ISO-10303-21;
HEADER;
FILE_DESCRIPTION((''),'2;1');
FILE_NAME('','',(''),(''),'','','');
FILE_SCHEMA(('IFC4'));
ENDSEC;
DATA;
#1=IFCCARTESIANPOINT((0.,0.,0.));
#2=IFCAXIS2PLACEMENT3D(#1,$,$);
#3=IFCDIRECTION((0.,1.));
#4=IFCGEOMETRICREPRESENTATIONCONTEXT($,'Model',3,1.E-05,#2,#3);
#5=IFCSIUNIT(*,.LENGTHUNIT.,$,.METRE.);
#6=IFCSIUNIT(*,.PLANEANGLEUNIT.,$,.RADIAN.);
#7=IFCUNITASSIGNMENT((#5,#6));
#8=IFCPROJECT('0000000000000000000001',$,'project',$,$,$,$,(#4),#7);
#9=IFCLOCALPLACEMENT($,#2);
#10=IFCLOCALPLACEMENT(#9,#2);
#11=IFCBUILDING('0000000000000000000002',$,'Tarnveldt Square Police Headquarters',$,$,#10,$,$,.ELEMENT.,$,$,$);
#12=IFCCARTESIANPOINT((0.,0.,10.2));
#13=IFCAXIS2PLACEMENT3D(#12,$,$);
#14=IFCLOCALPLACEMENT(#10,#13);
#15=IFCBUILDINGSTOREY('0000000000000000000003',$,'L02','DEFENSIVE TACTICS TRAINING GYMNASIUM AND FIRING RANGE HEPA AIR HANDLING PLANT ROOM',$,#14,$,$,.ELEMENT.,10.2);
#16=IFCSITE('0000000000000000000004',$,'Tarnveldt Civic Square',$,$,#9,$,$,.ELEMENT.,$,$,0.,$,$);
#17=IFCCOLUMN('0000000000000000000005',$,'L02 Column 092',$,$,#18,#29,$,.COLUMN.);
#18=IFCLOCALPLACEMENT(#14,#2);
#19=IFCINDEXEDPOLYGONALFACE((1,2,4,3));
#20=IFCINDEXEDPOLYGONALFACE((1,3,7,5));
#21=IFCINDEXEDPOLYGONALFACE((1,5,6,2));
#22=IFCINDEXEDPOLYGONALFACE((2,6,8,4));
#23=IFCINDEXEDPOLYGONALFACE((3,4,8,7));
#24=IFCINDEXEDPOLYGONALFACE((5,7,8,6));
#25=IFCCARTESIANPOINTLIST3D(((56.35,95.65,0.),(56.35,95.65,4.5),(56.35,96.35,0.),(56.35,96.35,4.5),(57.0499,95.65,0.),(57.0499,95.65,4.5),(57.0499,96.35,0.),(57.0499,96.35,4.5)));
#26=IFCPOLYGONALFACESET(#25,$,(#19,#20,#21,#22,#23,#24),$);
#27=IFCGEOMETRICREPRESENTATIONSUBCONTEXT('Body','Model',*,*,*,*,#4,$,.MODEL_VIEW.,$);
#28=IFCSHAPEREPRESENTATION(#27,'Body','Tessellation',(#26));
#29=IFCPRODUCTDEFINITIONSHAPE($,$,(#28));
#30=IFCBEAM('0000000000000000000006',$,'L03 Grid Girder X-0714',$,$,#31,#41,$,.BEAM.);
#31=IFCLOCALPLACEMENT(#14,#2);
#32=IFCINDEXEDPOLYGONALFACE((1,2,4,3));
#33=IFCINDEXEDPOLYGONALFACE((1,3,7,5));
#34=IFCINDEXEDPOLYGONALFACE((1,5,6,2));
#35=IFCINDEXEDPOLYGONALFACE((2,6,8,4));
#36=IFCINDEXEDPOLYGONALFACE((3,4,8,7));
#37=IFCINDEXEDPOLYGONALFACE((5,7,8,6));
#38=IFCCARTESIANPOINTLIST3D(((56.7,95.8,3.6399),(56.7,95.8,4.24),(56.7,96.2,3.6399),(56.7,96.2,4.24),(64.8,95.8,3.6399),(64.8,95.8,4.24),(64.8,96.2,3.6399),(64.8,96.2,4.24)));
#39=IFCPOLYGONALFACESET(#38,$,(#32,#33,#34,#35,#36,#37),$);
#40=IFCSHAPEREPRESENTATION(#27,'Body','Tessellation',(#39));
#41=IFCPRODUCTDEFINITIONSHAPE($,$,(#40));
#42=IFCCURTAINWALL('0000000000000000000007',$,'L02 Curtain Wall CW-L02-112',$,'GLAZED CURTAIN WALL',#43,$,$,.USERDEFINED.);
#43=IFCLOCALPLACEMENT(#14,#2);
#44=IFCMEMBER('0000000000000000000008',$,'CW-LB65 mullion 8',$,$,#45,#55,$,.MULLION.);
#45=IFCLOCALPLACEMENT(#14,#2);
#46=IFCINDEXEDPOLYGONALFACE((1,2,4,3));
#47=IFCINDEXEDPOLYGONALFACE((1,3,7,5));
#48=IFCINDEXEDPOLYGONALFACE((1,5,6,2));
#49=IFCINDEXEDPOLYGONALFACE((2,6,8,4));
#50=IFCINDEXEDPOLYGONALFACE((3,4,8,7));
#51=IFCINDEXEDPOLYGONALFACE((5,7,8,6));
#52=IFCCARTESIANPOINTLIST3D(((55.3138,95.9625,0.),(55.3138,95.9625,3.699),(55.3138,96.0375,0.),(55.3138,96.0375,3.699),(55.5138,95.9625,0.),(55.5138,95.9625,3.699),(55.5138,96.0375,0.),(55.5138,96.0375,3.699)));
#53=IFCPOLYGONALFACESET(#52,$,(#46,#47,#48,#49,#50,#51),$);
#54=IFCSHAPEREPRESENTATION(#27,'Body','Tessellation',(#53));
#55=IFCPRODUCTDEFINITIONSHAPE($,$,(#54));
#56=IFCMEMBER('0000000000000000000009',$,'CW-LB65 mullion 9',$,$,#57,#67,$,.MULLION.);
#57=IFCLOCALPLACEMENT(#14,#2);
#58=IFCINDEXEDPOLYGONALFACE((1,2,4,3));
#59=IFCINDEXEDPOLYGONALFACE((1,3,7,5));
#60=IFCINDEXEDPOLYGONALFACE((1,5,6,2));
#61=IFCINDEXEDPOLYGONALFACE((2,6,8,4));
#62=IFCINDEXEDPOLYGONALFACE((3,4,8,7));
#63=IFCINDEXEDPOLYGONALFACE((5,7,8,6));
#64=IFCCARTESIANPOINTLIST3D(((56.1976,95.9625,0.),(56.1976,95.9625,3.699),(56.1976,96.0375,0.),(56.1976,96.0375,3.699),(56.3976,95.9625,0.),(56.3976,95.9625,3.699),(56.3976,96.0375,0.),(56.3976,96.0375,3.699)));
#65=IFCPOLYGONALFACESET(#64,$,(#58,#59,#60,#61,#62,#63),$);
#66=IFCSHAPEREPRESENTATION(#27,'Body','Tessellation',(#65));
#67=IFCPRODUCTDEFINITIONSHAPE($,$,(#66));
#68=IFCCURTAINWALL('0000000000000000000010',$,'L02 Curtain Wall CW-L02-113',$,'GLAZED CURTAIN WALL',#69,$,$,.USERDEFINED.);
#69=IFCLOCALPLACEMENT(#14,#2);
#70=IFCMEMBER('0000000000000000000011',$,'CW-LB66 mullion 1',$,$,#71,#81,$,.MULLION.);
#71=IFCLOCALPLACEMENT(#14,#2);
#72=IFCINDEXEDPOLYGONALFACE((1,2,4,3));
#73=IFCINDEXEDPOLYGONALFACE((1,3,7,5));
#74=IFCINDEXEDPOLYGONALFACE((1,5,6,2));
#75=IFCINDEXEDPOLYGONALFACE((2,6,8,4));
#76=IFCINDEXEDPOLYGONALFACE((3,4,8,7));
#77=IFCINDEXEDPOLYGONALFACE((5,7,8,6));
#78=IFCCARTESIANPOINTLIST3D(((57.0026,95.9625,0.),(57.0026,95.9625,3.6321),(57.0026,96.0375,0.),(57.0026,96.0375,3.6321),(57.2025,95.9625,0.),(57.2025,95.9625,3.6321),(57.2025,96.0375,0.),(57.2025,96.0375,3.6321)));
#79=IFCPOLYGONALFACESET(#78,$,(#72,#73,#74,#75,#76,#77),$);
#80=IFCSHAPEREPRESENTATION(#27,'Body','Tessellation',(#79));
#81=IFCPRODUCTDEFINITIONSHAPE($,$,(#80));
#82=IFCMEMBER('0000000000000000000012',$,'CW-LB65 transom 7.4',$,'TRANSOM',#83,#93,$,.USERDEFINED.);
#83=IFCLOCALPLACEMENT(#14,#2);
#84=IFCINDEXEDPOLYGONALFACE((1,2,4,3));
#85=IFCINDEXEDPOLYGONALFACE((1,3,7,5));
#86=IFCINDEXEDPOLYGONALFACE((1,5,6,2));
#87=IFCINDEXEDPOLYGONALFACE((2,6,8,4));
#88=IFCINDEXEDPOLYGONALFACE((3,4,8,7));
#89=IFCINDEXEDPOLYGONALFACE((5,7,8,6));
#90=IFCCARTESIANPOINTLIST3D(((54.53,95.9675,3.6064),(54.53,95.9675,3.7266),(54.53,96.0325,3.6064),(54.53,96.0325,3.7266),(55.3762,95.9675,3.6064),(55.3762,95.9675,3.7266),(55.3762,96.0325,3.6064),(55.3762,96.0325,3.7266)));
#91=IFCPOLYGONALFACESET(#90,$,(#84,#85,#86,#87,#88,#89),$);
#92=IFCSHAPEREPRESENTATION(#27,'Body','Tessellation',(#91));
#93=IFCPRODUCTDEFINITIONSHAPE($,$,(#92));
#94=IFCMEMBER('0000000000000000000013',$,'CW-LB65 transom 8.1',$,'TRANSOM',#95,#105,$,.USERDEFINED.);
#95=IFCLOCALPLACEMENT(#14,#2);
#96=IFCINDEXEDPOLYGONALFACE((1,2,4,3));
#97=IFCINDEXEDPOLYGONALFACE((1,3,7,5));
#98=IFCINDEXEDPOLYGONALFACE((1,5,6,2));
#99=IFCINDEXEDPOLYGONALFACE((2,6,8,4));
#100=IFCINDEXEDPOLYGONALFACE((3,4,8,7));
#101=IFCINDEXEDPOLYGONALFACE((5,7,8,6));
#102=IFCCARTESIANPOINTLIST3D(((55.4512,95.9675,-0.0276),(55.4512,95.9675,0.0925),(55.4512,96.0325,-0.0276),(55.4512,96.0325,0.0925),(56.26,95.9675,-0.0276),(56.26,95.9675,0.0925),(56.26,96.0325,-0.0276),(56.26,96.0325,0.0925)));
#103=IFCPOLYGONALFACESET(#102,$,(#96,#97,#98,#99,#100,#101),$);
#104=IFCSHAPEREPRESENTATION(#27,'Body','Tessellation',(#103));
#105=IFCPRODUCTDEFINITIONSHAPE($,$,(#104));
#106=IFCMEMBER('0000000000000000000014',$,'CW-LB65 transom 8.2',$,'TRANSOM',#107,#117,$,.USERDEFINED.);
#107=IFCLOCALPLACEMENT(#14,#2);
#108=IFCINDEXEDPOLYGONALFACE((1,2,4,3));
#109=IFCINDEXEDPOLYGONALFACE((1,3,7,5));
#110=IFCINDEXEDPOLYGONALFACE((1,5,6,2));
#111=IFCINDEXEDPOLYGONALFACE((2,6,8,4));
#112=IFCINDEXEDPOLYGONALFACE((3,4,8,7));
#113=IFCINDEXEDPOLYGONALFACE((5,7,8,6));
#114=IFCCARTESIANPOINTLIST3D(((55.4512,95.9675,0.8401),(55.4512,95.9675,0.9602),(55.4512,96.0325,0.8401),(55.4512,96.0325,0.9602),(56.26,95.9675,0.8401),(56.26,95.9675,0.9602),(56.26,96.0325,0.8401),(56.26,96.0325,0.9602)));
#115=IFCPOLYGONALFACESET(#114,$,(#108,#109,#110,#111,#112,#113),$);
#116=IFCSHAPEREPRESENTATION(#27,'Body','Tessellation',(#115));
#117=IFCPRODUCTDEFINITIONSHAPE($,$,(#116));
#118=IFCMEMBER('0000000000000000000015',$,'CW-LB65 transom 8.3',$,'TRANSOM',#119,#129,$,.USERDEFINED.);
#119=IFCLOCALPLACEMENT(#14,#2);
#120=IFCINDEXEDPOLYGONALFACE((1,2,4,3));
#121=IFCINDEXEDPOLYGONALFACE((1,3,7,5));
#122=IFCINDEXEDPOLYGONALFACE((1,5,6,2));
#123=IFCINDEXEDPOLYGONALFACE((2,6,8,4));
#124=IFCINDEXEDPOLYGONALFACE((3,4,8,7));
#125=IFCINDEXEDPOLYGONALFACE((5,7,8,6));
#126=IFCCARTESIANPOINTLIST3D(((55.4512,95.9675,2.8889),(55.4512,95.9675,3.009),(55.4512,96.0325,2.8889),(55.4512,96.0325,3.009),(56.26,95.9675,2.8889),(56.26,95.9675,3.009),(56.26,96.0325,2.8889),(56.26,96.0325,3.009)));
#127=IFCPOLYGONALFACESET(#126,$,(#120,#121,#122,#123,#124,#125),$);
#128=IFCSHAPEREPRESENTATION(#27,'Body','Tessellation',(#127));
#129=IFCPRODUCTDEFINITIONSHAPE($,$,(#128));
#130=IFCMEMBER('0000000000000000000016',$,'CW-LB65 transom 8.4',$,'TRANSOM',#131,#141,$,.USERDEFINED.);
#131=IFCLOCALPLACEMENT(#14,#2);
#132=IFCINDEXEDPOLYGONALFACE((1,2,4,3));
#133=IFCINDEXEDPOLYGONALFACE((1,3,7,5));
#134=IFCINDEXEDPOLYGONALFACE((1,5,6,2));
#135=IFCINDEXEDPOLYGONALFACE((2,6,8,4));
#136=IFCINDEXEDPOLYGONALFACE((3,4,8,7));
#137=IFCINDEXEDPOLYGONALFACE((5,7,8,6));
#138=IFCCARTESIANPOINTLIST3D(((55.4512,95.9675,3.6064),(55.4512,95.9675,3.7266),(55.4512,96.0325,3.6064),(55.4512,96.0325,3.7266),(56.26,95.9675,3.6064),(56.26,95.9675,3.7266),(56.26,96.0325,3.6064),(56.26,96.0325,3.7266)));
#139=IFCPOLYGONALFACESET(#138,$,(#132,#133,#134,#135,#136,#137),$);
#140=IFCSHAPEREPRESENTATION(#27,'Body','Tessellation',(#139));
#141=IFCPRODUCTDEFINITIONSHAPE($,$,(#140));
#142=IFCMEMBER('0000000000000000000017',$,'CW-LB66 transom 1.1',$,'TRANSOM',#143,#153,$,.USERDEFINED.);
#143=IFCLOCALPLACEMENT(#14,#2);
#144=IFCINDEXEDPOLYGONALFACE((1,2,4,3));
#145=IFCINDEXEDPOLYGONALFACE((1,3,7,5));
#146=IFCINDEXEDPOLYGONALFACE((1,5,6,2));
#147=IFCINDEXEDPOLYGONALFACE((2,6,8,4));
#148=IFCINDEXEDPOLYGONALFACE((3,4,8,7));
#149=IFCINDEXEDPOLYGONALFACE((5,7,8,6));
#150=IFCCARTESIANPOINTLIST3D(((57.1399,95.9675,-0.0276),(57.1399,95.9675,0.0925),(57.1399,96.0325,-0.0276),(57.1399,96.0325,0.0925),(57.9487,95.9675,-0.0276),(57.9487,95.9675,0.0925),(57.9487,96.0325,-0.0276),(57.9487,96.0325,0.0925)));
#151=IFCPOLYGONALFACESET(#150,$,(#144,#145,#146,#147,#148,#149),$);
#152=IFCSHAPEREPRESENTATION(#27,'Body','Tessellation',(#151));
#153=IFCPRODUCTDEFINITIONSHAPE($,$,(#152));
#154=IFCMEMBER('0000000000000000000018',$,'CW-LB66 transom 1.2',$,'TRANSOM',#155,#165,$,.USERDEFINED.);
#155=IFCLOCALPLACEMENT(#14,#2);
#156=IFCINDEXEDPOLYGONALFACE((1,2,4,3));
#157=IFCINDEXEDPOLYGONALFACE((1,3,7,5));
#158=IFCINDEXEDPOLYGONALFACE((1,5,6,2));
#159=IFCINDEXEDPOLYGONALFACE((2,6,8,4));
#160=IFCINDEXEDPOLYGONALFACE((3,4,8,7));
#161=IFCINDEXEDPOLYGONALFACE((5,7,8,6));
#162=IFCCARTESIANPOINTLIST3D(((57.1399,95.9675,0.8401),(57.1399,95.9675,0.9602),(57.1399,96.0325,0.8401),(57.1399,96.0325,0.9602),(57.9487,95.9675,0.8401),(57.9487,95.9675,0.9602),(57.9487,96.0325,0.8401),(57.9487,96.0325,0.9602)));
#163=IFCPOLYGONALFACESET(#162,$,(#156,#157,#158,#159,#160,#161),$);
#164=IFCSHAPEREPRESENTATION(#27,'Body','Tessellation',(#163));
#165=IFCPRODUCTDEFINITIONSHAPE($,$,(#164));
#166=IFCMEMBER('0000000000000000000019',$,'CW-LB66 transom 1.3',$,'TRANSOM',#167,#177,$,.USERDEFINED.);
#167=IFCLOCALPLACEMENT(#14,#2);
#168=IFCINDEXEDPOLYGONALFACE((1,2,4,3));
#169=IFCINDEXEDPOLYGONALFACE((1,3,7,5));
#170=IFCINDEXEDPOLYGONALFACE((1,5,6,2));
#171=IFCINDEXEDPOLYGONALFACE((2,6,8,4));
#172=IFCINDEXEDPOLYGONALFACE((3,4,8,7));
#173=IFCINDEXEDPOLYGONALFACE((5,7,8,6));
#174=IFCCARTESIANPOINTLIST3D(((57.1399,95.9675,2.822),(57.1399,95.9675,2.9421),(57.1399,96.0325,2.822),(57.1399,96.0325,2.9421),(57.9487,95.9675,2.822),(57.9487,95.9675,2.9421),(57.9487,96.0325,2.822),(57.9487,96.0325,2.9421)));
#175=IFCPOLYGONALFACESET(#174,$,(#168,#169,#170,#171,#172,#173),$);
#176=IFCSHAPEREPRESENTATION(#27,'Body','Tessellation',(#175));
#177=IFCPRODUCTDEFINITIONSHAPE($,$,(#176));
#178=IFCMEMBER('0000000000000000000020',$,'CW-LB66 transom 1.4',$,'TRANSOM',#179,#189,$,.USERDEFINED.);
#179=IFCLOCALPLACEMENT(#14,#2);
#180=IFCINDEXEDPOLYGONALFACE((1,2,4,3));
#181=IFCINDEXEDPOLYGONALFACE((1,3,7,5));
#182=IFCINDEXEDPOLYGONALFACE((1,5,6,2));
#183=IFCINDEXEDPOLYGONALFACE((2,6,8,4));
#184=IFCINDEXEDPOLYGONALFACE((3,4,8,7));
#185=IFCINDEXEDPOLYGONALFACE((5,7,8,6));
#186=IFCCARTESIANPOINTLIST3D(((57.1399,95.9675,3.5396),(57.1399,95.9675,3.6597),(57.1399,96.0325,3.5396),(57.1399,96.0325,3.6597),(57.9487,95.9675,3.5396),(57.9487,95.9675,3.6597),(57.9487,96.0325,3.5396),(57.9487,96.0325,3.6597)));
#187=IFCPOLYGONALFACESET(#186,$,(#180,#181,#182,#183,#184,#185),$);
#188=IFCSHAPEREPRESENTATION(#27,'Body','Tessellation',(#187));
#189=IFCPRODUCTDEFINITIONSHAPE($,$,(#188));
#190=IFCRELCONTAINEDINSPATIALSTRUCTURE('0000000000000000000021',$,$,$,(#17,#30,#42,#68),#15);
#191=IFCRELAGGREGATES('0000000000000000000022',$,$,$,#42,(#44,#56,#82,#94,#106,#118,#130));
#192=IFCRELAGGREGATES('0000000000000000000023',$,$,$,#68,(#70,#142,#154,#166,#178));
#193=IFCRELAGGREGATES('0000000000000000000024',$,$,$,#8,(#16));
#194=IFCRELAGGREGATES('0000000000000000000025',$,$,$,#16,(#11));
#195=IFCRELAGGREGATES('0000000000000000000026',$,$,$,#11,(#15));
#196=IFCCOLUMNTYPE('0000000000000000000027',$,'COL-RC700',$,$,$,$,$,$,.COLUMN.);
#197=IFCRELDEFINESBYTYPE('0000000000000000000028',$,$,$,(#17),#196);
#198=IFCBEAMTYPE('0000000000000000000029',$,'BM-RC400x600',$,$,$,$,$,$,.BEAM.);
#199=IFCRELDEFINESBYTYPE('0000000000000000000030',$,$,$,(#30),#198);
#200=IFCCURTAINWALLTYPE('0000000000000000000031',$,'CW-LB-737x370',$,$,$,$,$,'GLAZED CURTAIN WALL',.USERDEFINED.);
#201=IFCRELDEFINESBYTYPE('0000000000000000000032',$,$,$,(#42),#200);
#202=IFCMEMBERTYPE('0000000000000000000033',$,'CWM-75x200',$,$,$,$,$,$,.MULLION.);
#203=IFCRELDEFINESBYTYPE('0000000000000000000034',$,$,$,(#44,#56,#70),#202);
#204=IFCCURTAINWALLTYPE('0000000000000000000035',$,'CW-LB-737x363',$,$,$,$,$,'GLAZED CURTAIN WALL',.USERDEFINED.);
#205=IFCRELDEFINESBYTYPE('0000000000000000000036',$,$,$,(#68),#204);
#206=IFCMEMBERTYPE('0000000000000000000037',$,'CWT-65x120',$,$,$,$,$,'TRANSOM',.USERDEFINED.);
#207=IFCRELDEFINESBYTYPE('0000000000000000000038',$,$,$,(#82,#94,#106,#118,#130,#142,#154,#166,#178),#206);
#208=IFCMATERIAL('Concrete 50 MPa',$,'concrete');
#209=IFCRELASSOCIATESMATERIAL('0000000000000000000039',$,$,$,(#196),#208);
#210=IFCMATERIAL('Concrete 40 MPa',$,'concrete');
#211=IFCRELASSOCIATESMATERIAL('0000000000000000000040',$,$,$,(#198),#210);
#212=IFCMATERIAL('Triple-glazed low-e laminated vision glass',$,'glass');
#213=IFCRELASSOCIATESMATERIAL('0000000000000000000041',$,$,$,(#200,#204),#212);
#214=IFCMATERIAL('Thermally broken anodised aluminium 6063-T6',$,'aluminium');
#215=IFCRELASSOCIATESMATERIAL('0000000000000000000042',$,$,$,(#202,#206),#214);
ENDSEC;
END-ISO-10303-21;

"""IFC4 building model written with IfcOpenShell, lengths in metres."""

from ifc_helpers import new_model, si_unit, direction, frame, origin, origin_2d, place, context, subcontext, project, spatial, rectangle, extrude, material, material_profile, profile_set, type_object, element, aggregate, save


model = new_model("IFC4")

# Units and contexts
model_context = context("Model", 3, precision=1e-05, world=origin(), true_north=direction((0.0, 1.0)))
body_context = subcontext(model_context, "Body", "Model", "MODEL_VIEW")
ifc_project = project(units=[si_unit("LENGTHUNIT", "METRE"), si_unit("PLANEANGLEUNIT", "RADIAN")], contexts=[model_context])

# Site, building, storey
site_placement = place(None, origin())
site = spatial("IfcSite", under=ifc_project, at=site_placement, Name="Tarnveldt Civic Square", CompositionType="ELEMENT", RefElevation=0.0)
building_placement = place(site_placement, origin())
building = spatial("IfcBuilding", under=site, at=building_placement, Name="Tarnveldt Square Police Headquarters", CompositionType="ELEMENT")
storey_placement = place(building_placement, frame((0.0, 0.0, 10.2)))
storey = spatial("IfcBuildingStorey", under=building, at=storey_placement, Name="L02", Description="DEFENSIVE TACTICS TRAINING GYMNASIUM AND FIRING RANGE HEPA AIR HANDLING PLANT ROOM", CompositionType="ELEMENT", Elevation=10.2)

# Column
ifc_material_1 = material(Name="Concrete 50 MPa", Category="concrete")
ifc_material_profile_1 = material_profile(ifc_material_1, rectangle(XDim=0.7, YDim=0.7, at=origin_2d()), Name="RC-C700x700")
ifc_profile_set_1 = profile_set([ifc_material_profile_1], Name="Concrete 50 MPa")
column_type = type_object("IfcColumnType", Name="COL-RC700", PredefinedType="COLUMN", material=ifc_profile_set_1)
column_placement = place(storey_placement, frame((56.7, 96.0, 0.0), z_axis=(0.0, 0.0, 1.0), x_axis=(1.0, 0.0, 0.0)))
element("IfcColumn", 1, at=column_placement, inside=storey, type_object=column_type, Name="L02 Column 092", PredefinedType="COLUMN", context=body_context, shape_type="SweptSolid", body=[
    extrude(rectangle(XDim=0.7, YDim=0.7, at=origin_2d()), origin(), (0.0, 0.0, 1.0), 4.5),
])

# Beam
ifc_material_2 = material(Name="Concrete 40 MPa", Category="concrete")
ifc_material_profile_2 = material_profile(ifc_material_2, rectangle(XDim=0.3999, YDim=0.6001, at=origin_2d()), Name="RC-B400x600")
ifc_profile_set_2 = profile_set([ifc_material_profile_2], Name="Concrete 40 MPa")
beam_type = type_object("IfcBeamType", Name="BM-RC400x600", PredefinedType="BEAM", material=ifc_profile_set_2)
beam_placement = place(storey_placement, frame((56.7, 96.0, 3.9399), z_axis=(1.0, 0.0, 0.0), x_axis=(0.0, 1.0, 0.0)))
element("IfcBeam", 2, at=beam_placement, inside=storey, type_object=beam_type, Name="L03 Grid Girder X-0714", PredefinedType="BEAM", context=body_context, shape_type="SweptSolid", body=[
    extrude(rectangle(XDim=0.3999, YDim=0.6001, at=origin_2d()), origin(), (0.0, 0.0, 1.0), 8.1001),
])

# Curtain wall, members
ifc_material_3 = material(Name="Triple-glazed low-e laminated vision glass", Category="glass")
curtain_wall_type_1 = type_object("IfcCurtainWallType", Name="CW-LB-737x370", ElementType="GLAZED CURTAIN WALL", PredefinedType="USERDEFINED", material=ifc_material_3)
curtain_wall_1_placement = place(storey_placement, origin())
curtain_wall_1 = element("IfcCurtainWall", 3, at=curtain_wall_1_placement, inside=storey, type_object=curtain_wall_type_1, Name="L02 Curtain Wall CW-L02-112", ObjectType="GLAZED CURTAIN WALL", PredefinedType="USERDEFINED")
ifc_material_4 = material(Name="Thermally broken anodised aluminium 6063-T6", Category="aluminium")
ifc_material_profile_3 = material_profile(ifc_material_4, rectangle(XDim=0.075, YDim=0.2, at=origin_2d()), Name="CW-M75x200")
ifc_profile_set_3 = profile_set([ifc_material_profile_3], Name="Thermally broken anodised aluminium 6063-T6")
member_type_1 = type_object("IfcMemberType", Name="CWM-75x200", PredefinedType="MULLION", material=ifc_profile_set_3)
member_1_placement = place(storey_placement, frame((55.4138, 96.0, 0.0), z_axis=(0.0, 0.0, 1.0), x_axis=(0.0, 1.0, 0.0)))
member_1 = element("IfcMember", 4, at=member_1_placement, type_object=member_type_1, Name="CW-LB65 mullion 8", PredefinedType="MULLION", context=body_context, shape_type="SweptSolid", body=[
    extrude(rectangle(XDim=0.075, YDim=0.2, at=origin_2d()), origin(), (0.0, 0.0, 1.0), 3.699),
])
member_2_placement = place(storey_placement, frame((56.2976, 96.0, 0.0), z_axis=(0.0, 0.0, 1.0), x_axis=(0.0, 1.0, 0.0)))
member_2 = element("IfcMember", 5, at=member_2_placement, type_object=member_type_1, Name="CW-LB65 mullion 9", PredefinedType="MULLION", context=body_context, shape_type="SweptSolid", body=[
    extrude(rectangle(XDim=0.075, YDim=0.2, at=origin_2d()), origin(), (0.0, 0.0, 1.0), 3.699),
])

# Curtain wall, member
curtain_wall_type_2 = type_object("IfcCurtainWallType", Name="CW-LB-737x363", ElementType="GLAZED CURTAIN WALL", PredefinedType="USERDEFINED", material=ifc_material_3)
curtain_wall_2_placement = place(storey_placement, origin())
curtain_wall_2 = element("IfcCurtainWall", 6, at=curtain_wall_2_placement, inside=storey, type_object=curtain_wall_type_2, Name="L02 Curtain Wall CW-L02-113", ObjectType="GLAZED CURTAIN WALL", PredefinedType="USERDEFINED")
member_3_placement = place(storey_placement, frame((57.1025, 96.0, 0.0), z_axis=(0.0, 0.0, 1.0), x_axis=(0.0, 1.0, 0.0)))
member_3 = element("IfcMember", 7, at=member_3_placement, type_object=member_type_1, Name="CW-LB66 mullion 1", PredefinedType="MULLION", context=body_context, shape_type="SweptSolid", body=[
    extrude(rectangle(XDim=0.075, YDim=0.2, at=origin_2d()), origin(), (0.0, 0.0, 1.0), 3.6321),
])

# Members
ifc_material_profile_4 = material_profile(ifc_material_4, rectangle(XDim=0.0649, YDim=0.1201, at=origin_2d()), Name="CW-T65x120")
ifc_profile_set_4 = profile_set([ifc_material_profile_4], Name="Thermally broken anodised aluminium 6063-T6")
member_type_2 = type_object("IfcMemberType", Name="CWT-65x120", ElementType="TRANSOM", PredefinedType="USERDEFINED", material=ifc_profile_set_4)
member_4_placement = place(storey_placement, frame((54.53, 96.0, 3.6665), z_axis=(1.0, 0.0, 0.0), x_axis=(0.0, 1.0, 0.0)))
member_4 = element("IfcMember", 8, at=member_4_placement, type_object=member_type_2, Name="CW-LB65 transom 7.4", ObjectType="TRANSOM", PredefinedType="USERDEFINED", context=body_context, shape_type="SweptSolid", body=[
    extrude(rectangle(XDim=0.0649, YDim=0.1201, at=origin_2d()), origin(), (0.0, 0.0, 1.0), 0.8462),
])
member_5_placement = place(storey_placement, frame((55.4512, 96.0, 0.0325), z_axis=(1.0, 0.0, 0.0), x_axis=(0.0, 1.0, 0.0)))
member_5 = element("IfcMember", 9, at=member_5_placement, type_object=member_type_2, Name="CW-LB65 transom 8.1", ObjectType="TRANSOM", PredefinedType="USERDEFINED", context=body_context, shape_type="SweptSolid", body=[
    extrude(rectangle(XDim=0.0649, YDim=0.1201, at=origin_2d()), origin(), (0.0, 0.0, 1.0), 0.8088),
])
member_6_placement = place(storey_placement, frame((55.4512, 96.0, 0.9001), z_axis=(1.0, 0.0, 0.0), x_axis=(0.0, 1.0, 0.0)))
member_6 = element("IfcMember", 10, at=member_6_placement, type_object=member_type_2, Name="CW-LB65 transom 8.2", ObjectType="TRANSOM", PredefinedType="USERDEFINED", context=body_context, shape_type="SweptSolid", body=[
    extrude(rectangle(XDim=0.0649, YDim=0.1201, at=origin_2d()), origin(), (0.0, 0.0, 1.0), 0.8088),
])
member_7_placement = place(storey_placement, frame((55.4512, 96.0, 2.949), z_axis=(1.0, 0.0, 0.0), x_axis=(0.0, 1.0, 0.0)))
member_7 = element("IfcMember", 11, at=member_7_placement, type_object=member_type_2, Name="CW-LB65 transom 8.3", ObjectType="TRANSOM", PredefinedType="USERDEFINED", context=body_context, shape_type="SweptSolid", body=[
    extrude(rectangle(XDim=0.0649, YDim=0.1201, at=origin_2d()), origin(), (0.0, 0.0, 1.0), 0.8088),
])
member_8_placement = place(storey_placement, frame((55.4512, 96.0, 3.6665), z_axis=(1.0, 0.0, 0.0), x_axis=(0.0, 1.0, 0.0)))
member_8 = element("IfcMember", 12, at=member_8_placement, type_object=member_type_2, Name="CW-LB65 transom 8.4", ObjectType="TRANSOM", PredefinedType="USERDEFINED", context=body_context, shape_type="SweptSolid", body=[
    extrude(rectangle(XDim=0.0649, YDim=0.1201, at=origin_2d()), origin(), (0.0, 0.0, 1.0), 0.8088),
])
member_9_placement = place(storey_placement, frame((57.1399, 96.0, 0.0325), z_axis=(1.0, 0.0, 0.0), x_axis=(0.0, 1.0, 0.0)))
member_9 = element("IfcMember", 13, at=member_9_placement, type_object=member_type_2, Name="CW-LB66 transom 1.1", ObjectType="TRANSOM", PredefinedType="USERDEFINED", context=body_context, shape_type="SweptSolid", body=[
    extrude(rectangle(XDim=0.0649, YDim=0.1201, at=origin_2d()), origin(), (0.0, 0.0, 1.0), 0.8088),
])
member_10_placement = place(storey_placement, frame((57.1399, 96.0, 0.9001), z_axis=(1.0, 0.0, 0.0), x_axis=(0.0, 1.0, 0.0)))
member_10 = element("IfcMember", 14, at=member_10_placement, type_object=member_type_2, Name="CW-LB66 transom 1.2", ObjectType="TRANSOM", PredefinedType="USERDEFINED", context=body_context, shape_type="SweptSolid", body=[
    extrude(rectangle(XDim=0.0649, YDim=0.1201, at=origin_2d()), origin(), (0.0, 0.0, 1.0), 0.8088),
])
member_11_placement = place(storey_placement, frame((57.1399, 96.0, 2.8821), z_axis=(1.0, 0.0, 0.0), x_axis=(0.0, 1.0, 0.0)))
member_11 = element("IfcMember", 15, at=member_11_placement, type_object=member_type_2, Name="CW-LB66 transom 1.3", ObjectType="TRANSOM", PredefinedType="USERDEFINED", context=body_context, shape_type="SweptSolid", body=[
    extrude(rectangle(XDim=0.0649, YDim=0.1201, at=origin_2d()), origin(), (0.0, 0.0, 1.0), 0.8088),
])
member_12_placement = place(storey_placement, frame((57.1399, 96.0, 3.5996), z_axis=(1.0, 0.0, 0.0), x_axis=(0.0, 1.0, 0.0)))
member_12 = element("IfcMember", 16, at=member_12_placement, type_object=member_type_2, Name="CW-LB66 transom 1.4", ObjectType="TRANSOM", PredefinedType="USERDEFINED", context=body_context, shape_type="SweptSolid", body=[
    extrude(rectangle(XDim=0.0649, YDim=0.1201, at=origin_2d()), origin(), (0.0, 0.0, 1.0), 0.8088),
])

aggregate(curtain_wall_1, [member_1, member_2, member_4, member_5, member_6, member_7, member_8])
aggregate(curtain_wall_2, [member_3, member_9, member_10, member_11, member_12])

save(model, "model.ifc")
